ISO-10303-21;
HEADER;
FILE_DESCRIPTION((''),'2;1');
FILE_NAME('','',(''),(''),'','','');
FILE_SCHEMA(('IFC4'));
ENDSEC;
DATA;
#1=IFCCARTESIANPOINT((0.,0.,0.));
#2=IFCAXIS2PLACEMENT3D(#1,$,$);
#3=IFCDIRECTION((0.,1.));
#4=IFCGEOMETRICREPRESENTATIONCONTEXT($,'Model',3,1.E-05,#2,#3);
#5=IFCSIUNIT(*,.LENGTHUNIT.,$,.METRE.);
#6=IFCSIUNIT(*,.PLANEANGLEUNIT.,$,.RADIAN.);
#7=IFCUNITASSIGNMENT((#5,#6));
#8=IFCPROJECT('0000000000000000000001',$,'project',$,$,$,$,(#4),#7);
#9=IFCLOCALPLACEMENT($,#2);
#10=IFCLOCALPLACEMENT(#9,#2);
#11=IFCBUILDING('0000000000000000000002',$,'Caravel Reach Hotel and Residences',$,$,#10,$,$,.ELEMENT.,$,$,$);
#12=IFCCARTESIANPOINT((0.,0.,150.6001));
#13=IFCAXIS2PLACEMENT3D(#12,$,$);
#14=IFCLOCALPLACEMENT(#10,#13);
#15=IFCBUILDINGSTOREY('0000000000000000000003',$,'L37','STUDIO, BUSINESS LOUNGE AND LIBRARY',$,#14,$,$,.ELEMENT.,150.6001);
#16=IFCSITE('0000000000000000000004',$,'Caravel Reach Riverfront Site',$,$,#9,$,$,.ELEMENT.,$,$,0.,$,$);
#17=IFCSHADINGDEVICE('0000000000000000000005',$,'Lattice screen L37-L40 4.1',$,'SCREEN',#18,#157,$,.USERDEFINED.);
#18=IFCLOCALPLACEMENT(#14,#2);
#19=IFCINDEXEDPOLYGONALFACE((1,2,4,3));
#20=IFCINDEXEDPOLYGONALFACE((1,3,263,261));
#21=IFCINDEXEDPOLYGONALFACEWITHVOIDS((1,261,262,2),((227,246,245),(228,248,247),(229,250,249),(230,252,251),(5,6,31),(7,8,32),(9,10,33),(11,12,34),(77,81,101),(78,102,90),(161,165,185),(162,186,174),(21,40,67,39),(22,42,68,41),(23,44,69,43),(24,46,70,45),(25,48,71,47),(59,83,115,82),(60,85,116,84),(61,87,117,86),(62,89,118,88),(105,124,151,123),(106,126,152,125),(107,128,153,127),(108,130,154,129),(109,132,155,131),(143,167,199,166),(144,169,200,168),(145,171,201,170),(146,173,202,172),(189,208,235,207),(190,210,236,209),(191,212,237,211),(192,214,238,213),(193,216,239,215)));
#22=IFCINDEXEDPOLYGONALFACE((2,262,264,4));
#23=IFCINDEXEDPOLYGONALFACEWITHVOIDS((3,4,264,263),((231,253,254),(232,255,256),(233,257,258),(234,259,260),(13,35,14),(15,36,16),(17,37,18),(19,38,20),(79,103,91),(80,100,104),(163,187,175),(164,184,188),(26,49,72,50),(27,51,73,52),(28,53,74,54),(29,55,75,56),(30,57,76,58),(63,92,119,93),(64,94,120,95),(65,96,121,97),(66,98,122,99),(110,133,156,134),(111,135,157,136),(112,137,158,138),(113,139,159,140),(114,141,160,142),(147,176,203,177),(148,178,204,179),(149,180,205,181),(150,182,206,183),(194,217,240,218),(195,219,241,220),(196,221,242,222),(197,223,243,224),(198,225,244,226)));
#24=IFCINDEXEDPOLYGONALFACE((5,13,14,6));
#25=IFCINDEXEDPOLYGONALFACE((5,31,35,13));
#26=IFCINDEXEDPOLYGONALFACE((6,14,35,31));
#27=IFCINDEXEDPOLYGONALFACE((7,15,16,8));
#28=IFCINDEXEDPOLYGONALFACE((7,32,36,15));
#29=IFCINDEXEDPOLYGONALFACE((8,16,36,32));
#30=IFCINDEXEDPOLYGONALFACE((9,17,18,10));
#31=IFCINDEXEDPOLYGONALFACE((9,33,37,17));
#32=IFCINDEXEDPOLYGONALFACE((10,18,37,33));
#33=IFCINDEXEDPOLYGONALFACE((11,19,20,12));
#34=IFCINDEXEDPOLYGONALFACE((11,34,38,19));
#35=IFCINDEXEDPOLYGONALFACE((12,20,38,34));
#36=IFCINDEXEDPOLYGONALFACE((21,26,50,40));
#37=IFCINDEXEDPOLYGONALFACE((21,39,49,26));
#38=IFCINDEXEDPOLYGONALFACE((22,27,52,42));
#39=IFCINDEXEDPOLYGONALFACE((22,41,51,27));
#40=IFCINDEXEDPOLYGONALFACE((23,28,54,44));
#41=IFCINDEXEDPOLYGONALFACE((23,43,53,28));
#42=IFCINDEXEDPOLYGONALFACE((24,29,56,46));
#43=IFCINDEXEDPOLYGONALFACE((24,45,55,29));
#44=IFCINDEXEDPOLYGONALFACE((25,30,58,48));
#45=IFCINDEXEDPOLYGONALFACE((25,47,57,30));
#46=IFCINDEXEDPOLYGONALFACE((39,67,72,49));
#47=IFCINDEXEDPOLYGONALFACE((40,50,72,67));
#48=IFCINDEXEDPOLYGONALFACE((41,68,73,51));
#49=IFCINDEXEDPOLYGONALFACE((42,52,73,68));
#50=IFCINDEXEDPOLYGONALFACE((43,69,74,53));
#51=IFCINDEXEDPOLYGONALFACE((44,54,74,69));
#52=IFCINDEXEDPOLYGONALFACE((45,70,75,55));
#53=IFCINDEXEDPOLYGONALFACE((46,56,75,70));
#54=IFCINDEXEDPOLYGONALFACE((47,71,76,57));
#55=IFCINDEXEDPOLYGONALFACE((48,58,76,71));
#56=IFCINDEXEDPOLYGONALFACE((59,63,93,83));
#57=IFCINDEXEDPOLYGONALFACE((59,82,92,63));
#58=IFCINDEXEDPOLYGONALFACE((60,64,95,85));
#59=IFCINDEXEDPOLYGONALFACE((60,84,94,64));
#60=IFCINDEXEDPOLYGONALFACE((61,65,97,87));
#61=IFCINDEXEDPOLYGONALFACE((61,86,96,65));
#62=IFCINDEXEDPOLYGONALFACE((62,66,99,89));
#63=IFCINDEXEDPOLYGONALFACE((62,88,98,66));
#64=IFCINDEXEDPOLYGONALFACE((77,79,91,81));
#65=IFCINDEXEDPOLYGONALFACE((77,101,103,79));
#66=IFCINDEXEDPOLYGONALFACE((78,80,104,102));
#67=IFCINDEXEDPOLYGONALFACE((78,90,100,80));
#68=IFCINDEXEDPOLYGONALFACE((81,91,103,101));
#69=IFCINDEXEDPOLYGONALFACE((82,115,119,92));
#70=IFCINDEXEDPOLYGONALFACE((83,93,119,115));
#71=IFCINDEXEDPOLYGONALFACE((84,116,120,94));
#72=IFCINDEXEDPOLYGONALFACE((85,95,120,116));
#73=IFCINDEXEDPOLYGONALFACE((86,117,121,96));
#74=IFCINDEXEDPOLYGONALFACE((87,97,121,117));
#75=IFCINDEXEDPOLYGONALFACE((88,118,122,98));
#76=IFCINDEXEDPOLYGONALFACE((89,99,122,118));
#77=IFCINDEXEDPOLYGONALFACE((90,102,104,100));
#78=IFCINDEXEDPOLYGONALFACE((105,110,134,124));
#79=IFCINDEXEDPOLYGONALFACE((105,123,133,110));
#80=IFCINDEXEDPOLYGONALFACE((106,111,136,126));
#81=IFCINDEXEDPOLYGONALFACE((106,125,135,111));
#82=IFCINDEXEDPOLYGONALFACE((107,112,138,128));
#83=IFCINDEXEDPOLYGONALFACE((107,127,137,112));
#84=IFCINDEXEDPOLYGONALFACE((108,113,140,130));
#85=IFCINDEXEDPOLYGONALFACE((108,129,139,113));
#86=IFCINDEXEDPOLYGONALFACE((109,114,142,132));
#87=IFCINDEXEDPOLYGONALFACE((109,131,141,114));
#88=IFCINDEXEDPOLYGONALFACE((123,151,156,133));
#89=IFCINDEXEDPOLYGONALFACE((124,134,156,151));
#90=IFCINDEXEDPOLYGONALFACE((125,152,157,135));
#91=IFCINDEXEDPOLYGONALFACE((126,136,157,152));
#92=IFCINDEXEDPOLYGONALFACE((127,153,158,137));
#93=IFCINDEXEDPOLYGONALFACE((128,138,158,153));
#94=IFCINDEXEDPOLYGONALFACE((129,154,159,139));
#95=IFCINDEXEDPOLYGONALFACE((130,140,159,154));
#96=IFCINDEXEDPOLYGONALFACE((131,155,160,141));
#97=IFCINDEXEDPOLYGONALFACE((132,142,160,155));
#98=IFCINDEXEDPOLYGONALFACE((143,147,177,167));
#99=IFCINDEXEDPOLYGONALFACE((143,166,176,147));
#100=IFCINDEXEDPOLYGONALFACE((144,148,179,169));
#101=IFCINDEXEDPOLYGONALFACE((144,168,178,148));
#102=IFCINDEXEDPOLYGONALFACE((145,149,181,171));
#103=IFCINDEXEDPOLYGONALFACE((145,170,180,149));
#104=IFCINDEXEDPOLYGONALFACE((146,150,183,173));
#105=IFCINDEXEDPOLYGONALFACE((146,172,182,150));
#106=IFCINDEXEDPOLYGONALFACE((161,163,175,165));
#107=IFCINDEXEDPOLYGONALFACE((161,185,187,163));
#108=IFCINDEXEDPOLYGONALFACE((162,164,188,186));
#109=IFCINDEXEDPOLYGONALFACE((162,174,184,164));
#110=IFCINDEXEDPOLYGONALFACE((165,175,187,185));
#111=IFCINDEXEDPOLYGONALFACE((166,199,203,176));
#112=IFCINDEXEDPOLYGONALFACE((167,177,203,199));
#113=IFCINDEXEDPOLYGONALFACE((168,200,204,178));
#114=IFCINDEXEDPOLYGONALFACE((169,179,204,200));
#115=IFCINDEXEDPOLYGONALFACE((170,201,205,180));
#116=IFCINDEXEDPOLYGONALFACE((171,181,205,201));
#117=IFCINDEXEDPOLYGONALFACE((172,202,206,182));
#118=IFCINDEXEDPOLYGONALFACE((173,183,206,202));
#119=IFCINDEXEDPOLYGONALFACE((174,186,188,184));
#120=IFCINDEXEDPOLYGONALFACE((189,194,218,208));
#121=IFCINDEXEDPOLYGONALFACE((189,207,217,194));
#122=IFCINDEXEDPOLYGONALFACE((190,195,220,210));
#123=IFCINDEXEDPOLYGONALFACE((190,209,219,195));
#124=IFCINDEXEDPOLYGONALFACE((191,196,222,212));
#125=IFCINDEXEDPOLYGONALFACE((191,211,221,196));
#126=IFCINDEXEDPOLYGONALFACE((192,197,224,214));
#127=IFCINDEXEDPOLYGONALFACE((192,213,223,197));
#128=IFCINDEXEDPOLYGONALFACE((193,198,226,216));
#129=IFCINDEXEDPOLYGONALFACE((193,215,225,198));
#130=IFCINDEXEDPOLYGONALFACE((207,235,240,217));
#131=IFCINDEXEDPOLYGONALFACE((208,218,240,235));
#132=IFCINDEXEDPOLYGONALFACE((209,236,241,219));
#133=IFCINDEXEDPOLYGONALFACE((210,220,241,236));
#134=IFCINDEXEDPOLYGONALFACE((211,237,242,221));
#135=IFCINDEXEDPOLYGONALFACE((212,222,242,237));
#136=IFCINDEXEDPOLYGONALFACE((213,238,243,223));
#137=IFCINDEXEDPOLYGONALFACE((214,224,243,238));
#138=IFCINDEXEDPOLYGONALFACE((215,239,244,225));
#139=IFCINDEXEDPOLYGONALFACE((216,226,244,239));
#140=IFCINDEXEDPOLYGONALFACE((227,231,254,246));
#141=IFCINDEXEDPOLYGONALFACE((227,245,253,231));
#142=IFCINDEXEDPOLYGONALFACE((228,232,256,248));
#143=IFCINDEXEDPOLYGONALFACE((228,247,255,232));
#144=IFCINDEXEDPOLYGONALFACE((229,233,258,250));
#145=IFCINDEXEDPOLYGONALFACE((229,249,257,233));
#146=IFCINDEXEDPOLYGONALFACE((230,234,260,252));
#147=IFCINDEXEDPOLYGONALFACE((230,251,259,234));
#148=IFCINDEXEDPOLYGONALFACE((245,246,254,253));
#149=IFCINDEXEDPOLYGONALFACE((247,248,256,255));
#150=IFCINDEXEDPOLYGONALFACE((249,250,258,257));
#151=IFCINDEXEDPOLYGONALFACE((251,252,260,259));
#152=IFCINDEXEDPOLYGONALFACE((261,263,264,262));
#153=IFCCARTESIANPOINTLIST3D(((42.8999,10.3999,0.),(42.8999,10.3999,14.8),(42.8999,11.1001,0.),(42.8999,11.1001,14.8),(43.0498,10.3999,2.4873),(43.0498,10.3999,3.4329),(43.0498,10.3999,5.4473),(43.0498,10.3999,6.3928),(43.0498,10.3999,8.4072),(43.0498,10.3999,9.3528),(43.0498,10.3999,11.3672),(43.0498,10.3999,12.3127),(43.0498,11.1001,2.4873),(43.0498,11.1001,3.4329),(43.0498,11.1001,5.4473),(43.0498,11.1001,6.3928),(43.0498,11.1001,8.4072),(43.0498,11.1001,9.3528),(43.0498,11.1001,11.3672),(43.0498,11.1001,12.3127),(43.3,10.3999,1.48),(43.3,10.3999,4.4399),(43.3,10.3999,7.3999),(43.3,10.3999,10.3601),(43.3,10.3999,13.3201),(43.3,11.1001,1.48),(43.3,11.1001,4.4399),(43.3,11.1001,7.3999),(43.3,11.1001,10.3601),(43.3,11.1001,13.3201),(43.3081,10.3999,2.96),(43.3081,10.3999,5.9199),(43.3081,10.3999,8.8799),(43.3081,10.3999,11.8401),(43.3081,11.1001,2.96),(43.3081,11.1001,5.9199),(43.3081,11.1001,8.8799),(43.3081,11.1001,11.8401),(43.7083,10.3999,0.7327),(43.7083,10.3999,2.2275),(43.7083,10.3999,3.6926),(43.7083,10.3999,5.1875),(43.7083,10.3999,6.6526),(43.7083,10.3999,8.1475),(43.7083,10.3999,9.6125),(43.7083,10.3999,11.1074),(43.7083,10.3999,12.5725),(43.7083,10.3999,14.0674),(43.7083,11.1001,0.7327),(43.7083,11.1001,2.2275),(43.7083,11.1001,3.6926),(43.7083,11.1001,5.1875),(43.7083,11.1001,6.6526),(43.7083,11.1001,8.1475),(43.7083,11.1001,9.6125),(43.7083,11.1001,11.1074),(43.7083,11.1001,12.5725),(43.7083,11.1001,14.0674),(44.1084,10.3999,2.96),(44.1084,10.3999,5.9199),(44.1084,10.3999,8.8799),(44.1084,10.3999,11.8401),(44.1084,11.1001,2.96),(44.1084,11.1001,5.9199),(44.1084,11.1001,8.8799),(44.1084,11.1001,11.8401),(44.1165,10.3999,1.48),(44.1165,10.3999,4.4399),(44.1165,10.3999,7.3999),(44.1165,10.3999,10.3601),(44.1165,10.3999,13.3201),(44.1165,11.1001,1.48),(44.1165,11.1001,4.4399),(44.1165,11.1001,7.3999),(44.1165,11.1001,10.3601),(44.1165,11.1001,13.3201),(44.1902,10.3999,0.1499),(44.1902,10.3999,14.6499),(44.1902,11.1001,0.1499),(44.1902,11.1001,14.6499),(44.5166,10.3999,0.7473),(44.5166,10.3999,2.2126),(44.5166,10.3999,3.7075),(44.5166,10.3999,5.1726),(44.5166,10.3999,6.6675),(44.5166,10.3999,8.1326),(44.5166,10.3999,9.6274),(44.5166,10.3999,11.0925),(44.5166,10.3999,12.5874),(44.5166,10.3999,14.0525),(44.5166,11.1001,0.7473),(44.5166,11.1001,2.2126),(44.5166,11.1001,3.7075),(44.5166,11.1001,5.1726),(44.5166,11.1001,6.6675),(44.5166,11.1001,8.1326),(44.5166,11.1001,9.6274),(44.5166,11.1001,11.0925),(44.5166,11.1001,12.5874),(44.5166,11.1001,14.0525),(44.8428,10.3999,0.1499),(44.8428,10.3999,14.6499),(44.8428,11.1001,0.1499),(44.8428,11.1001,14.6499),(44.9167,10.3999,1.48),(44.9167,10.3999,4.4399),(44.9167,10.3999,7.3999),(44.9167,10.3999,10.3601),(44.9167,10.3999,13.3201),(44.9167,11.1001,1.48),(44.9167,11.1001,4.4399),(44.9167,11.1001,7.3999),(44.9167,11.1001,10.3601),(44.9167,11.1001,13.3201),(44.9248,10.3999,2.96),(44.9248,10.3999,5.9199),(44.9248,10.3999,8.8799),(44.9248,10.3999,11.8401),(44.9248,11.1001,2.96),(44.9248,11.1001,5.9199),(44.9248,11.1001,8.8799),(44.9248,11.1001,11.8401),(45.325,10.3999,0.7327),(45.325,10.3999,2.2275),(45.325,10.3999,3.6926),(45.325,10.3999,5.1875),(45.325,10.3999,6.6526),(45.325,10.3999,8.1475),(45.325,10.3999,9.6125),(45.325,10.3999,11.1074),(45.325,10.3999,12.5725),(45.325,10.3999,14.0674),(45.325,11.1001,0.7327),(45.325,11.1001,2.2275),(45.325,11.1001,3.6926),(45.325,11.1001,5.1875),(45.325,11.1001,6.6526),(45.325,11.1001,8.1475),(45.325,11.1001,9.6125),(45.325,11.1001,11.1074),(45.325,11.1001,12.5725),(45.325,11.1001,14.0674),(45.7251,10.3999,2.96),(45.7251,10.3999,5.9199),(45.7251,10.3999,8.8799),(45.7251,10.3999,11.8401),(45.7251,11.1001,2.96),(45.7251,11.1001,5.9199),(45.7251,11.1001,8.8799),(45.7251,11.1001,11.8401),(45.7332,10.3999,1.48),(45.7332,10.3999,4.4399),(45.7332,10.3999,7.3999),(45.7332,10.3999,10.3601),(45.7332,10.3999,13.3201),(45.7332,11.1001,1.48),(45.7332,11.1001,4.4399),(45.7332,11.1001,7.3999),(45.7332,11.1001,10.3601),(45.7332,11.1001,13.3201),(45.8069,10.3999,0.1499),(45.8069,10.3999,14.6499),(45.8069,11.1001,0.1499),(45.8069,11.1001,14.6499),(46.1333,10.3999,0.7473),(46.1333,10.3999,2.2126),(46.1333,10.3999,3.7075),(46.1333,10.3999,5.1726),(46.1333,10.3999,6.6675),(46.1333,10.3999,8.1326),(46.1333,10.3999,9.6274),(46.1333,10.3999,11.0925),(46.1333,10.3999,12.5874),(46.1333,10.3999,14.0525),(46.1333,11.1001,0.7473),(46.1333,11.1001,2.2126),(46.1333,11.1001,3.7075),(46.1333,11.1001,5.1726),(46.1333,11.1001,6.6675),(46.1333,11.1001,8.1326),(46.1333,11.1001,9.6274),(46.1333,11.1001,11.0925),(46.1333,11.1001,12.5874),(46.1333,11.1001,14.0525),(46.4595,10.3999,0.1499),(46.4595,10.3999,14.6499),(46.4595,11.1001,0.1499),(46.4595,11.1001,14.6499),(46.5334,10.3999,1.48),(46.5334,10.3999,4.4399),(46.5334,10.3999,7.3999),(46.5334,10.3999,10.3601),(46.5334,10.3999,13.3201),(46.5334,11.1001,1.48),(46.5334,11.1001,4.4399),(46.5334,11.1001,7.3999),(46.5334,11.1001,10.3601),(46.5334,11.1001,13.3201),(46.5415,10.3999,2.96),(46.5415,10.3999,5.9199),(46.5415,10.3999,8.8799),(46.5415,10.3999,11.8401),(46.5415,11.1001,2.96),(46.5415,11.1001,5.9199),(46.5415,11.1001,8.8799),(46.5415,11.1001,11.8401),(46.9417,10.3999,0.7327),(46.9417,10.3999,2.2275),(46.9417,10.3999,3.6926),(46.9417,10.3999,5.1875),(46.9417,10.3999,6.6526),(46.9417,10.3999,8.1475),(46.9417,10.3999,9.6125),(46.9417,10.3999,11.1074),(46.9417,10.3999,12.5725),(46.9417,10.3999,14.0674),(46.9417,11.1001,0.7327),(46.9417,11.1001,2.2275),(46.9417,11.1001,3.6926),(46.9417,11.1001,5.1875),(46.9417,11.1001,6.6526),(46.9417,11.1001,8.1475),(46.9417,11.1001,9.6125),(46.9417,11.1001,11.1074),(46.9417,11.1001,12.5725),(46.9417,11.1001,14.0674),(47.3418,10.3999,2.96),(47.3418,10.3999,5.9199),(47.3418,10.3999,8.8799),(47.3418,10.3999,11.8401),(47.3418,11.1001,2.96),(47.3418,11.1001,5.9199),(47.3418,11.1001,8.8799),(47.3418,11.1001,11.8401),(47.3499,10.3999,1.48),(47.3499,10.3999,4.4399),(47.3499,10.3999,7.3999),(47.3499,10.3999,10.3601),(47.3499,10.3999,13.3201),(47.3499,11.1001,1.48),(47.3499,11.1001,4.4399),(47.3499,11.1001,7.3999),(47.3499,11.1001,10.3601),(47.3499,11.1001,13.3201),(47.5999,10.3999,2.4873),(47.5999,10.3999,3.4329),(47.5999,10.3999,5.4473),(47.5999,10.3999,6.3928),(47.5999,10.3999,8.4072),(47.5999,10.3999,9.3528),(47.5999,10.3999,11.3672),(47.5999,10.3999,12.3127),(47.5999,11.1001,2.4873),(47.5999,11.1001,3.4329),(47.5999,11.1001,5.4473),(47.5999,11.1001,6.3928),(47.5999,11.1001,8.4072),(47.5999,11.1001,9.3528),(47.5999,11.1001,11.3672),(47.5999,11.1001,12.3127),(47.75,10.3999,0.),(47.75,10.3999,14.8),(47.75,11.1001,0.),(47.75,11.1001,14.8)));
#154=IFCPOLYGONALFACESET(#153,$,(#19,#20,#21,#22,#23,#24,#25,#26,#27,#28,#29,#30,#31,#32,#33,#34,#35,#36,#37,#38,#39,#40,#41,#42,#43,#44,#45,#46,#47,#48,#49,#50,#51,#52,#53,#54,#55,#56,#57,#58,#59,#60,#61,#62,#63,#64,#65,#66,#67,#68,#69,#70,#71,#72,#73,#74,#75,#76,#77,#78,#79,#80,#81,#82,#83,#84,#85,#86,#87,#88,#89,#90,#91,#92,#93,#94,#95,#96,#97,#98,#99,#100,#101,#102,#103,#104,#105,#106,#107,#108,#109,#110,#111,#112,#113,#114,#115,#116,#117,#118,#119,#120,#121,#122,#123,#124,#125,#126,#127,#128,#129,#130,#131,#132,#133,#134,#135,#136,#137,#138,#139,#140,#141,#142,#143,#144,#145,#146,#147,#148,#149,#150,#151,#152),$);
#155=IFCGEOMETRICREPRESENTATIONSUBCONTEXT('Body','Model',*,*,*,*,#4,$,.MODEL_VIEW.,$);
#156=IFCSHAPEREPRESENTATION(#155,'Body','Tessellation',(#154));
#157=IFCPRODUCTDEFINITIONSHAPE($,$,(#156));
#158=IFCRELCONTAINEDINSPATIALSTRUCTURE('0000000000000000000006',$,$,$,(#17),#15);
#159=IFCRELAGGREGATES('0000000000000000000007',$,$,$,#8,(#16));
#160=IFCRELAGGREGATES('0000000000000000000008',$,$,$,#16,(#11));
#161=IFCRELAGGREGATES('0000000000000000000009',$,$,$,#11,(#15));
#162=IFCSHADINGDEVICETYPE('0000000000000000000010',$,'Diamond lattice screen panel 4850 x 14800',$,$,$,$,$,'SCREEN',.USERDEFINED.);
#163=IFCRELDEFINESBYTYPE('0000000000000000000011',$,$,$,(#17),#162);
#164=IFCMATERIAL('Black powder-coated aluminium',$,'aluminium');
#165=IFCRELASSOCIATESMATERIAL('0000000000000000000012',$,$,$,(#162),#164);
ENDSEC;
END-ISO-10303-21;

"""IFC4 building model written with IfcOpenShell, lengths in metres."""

from ifc_helpers import new_model, si_unit, direction, frame, origin, place, context, subcontext, project, spatial, polyline, outline, extrude, material, type_object, element, save


model = new_model("IFC4")

# Units and contexts
model_context = context("Model", 3, precision=1e-05, world=origin(), true_north=direction((0.0, 1.0)))
body_context = subcontext(model_context, "Body", "Model", "MODEL_VIEW")
ifc_project = project(units=[si_unit("LENGTHUNIT", "METRE"), si_unit("PLANEANGLEUNIT", "RADIAN")], contexts=[model_context])

# Site, building, storey
site_placement = place(None, origin())
site = spatial("IfcSite", under=ifc_project, at=site_placement, Name="Caravel Reach Riverfront Site", CompositionType="ELEMENT", RefElevation=0.0)
building_placement = place(site_placement, origin())
building = spatial("IfcBuilding", under=site, at=building_placement, Name="Caravel Reach Hotel and Residences", CompositionType="ELEMENT")
storey_placement = place(building_placement, frame((0.0, 0.0, 150.6001)))
storey = spatial("IfcBuildingStorey", under=building, at=storey_placement, Name="L37", Description="STUDIO, BUSINESS LOUNGE AND LIBRARY", CompositionType="ELEMENT", Elevation=150.6001)

# Shading device
ifc_material_1 = material(Name="Black powder-coated aluminium", Category="aluminium")
shading_device_type_1 = type_object("IfcShadingDeviceType", Name="Diamond lattice screen panel 4850 x 14800", ElementType="SCREEN", PredefinedType="USERDEFINED", material=ifc_material_1)
shading_device_1_placement = place(storey_placement, frame((42.8999, 11.1001, 0.0), z_axis=(0.0, -1.0, 0.0), x_axis=(1.0, 0.0, 0.0)))
element("IfcShadingDevice", 1, at=shading_device_1_placement, inside=storey, type_object=shading_device_type_1, Name="Lattice screen L37-L40 4.1", ObjectType="SCREEN", PredefinedType="USERDEFINED", context=body_context, shape_type="SweptSolid", body=[
    extrude(outline(polyline([(0.0, 0.0), (4.8501, 0.0), (4.8501, 14.8), (0.0, 14.8), (0.0, 0.0)]), holes=[polyline([(0.4082, 2.96), (0.1499, 3.4329), (0.1499, 2.4873), (0.4082, 2.96)]), polyline([(0.4082, 5.9199), (0.1499, 6.3928), (0.1499, 5.4473), (0.4082, 5.9199)]), polyline([(0.4082, 8.8799), (0.1499, 9.3528), (0.1499, 8.4072), (0.4082, 8.8799)]), polyline([(0.4082, 11.8401), (0.1499, 12.3127), (0.1499, 11.3672), (0.4082, 11.8401)]), polyline([(0.8083, 2.2275), (0.4001, 1.48), (0.8083, 0.7327), (1.2166, 1.48), (0.8083, 2.2275)]), polyline([(0.8083, 5.1875), (0.4001, 4.4399), (0.8083, 3.6926), (1.2166, 4.4399), (0.8083, 5.1875)]), polyline([(0.8083, 8.1475), (0.4001, 7.3999), (0.8083, 6.6526), (1.2166, 7.3999), (0.8083, 8.1475)]), polyline([(0.8083, 11.1074), (0.4001, 10.3601), (0.8083, 9.6125), (1.2166, 10.3601), (0.8083, 11.1074)]), polyline([(0.8083, 14.0674), (0.4001, 13.3201), (0.8083, 12.5725), (1.2166, 13.3201), (0.8083, 14.0674)]), polyline([(1.6167, 0.7473), (1.2903, 0.1499), (1.9429, 0.1499), (1.6167, 0.7473)]), polyline([(1.6167, 3.7075), (1.2085, 2.96), (1.6167, 2.2126), (2.0249, 2.96), (1.6167, 3.7075)]), polyline([(1.6167, 6.6675), (1.2085, 5.9199), (1.6167, 5.1726), (2.0249, 5.9199), (1.6167, 6.6675)]), polyline([(1.6167, 9.6274), (1.2085, 8.8799), (1.6167, 8.1326), (2.0249, 8.8799), (1.6167, 9.6274)]), polyline([(1.6167, 12.5874), (1.2085, 11.8401), (1.6167, 11.0925), (2.0249, 11.8401), (1.6167, 12.5874)]), polyline([(1.6167, 14.0525), (1.9429, 14.6499), (1.2903, 14.6499), (1.6167, 14.0525)]), polyline([(2.425, 2.2275), (2.0168, 1.48), (2.425, 0.7327), (2.8333, 1.48), (2.425, 2.2275)]), polyline([(2.425, 5.1875), (2.0168, 4.4399), (2.425, 3.6926), (2.8333, 4.4399), (2.425, 5.1875)]), polyline([(2.425, 8.1475), (2.0168, 7.3999), (2.425, 6.6526), (2.8333, 7.3999), (2.425, 8.1475)]), polyline([(2.425, 11.1074), (2.0168, 10.3601), (2.425, 9.6125), (2.8333, 10.3601), (2.425, 11.1074)]), polyline([(2.425, 14.0674), (2.0168, 13.3201), (2.425, 12.5725), (2.8333, 13.3201), (2.425, 14.0674)]), polyline([(3.2334, 0.7473), (2.907, 0.1499), (3.5596, 0.1499), (3.2334, 0.7473)]), polyline([(3.2334, 3.7075), (2.8252, 2.96), (3.2334, 2.2126), (3.6416, 2.96), (3.2334, 3.7075)]), polyline([(3.2334, 6.6675), (2.8252, 5.9199), (3.2334, 5.1726), (3.6416, 5.9199), (3.2334, 6.6675)]), polyline([(3.2334, 9.6274), (2.8252, 8.8799), (3.2334, 8.1326), (3.6416, 8.8799), (3.2334, 9.6274)]), polyline([(3.2334, 12.5874), (2.8252, 11.8401), (3.2334, 11.0925), (3.6416, 11.8401), (3.2334, 12.5874)]), polyline([(3.2334, 14.0525), (3.5596, 14.6499), (2.907, 14.6499), (3.2334, 14.0525)]), polyline([(4.0417, 2.2275), (3.6335, 1.48), (4.0417, 0.7327), (4.45, 1.48), (4.0417, 2.2275)]), polyline([(4.0417, 5.1875), (3.6335, 4.4399), (4.0417, 3.6926), (4.45, 4.4399), (4.0417, 5.1875)]), polyline([(4.0417, 8.1475), (3.6335, 7.3999), (4.0417, 6.6526), (4.45, 7.3999), (4.0417, 8.1475)]), polyline([(4.0417, 11.1074), (3.6335, 10.3601), (4.0417, 9.6125), (4.45, 10.3601), (4.0417, 11.1074)]), polyline([(4.0417, 14.0674), (3.6335, 13.3201), (4.0417, 12.5725), (4.45, 13.3201), (4.0417, 14.0674)]), polyline([(4.4419, 2.96), (4.7, 2.4873), (4.7, 3.4329), (4.4419, 2.96)]), polyline([(4.4419, 5.9199), (4.7, 5.4473), (4.7, 6.3928), (4.4419, 5.9199)]), polyline([(4.4419, 8.8799), (4.7, 8.4072), (4.7, 9.3528), (4.4419, 8.8799)]), polyline([(4.4419, 11.8401), (4.7, 11.3672), (4.7, 12.3127), (4.4419, 11.8401)])]), origin(), (0.0, 0.0, 1.0), 0.7002),
])

save(model, "model.ifc")
